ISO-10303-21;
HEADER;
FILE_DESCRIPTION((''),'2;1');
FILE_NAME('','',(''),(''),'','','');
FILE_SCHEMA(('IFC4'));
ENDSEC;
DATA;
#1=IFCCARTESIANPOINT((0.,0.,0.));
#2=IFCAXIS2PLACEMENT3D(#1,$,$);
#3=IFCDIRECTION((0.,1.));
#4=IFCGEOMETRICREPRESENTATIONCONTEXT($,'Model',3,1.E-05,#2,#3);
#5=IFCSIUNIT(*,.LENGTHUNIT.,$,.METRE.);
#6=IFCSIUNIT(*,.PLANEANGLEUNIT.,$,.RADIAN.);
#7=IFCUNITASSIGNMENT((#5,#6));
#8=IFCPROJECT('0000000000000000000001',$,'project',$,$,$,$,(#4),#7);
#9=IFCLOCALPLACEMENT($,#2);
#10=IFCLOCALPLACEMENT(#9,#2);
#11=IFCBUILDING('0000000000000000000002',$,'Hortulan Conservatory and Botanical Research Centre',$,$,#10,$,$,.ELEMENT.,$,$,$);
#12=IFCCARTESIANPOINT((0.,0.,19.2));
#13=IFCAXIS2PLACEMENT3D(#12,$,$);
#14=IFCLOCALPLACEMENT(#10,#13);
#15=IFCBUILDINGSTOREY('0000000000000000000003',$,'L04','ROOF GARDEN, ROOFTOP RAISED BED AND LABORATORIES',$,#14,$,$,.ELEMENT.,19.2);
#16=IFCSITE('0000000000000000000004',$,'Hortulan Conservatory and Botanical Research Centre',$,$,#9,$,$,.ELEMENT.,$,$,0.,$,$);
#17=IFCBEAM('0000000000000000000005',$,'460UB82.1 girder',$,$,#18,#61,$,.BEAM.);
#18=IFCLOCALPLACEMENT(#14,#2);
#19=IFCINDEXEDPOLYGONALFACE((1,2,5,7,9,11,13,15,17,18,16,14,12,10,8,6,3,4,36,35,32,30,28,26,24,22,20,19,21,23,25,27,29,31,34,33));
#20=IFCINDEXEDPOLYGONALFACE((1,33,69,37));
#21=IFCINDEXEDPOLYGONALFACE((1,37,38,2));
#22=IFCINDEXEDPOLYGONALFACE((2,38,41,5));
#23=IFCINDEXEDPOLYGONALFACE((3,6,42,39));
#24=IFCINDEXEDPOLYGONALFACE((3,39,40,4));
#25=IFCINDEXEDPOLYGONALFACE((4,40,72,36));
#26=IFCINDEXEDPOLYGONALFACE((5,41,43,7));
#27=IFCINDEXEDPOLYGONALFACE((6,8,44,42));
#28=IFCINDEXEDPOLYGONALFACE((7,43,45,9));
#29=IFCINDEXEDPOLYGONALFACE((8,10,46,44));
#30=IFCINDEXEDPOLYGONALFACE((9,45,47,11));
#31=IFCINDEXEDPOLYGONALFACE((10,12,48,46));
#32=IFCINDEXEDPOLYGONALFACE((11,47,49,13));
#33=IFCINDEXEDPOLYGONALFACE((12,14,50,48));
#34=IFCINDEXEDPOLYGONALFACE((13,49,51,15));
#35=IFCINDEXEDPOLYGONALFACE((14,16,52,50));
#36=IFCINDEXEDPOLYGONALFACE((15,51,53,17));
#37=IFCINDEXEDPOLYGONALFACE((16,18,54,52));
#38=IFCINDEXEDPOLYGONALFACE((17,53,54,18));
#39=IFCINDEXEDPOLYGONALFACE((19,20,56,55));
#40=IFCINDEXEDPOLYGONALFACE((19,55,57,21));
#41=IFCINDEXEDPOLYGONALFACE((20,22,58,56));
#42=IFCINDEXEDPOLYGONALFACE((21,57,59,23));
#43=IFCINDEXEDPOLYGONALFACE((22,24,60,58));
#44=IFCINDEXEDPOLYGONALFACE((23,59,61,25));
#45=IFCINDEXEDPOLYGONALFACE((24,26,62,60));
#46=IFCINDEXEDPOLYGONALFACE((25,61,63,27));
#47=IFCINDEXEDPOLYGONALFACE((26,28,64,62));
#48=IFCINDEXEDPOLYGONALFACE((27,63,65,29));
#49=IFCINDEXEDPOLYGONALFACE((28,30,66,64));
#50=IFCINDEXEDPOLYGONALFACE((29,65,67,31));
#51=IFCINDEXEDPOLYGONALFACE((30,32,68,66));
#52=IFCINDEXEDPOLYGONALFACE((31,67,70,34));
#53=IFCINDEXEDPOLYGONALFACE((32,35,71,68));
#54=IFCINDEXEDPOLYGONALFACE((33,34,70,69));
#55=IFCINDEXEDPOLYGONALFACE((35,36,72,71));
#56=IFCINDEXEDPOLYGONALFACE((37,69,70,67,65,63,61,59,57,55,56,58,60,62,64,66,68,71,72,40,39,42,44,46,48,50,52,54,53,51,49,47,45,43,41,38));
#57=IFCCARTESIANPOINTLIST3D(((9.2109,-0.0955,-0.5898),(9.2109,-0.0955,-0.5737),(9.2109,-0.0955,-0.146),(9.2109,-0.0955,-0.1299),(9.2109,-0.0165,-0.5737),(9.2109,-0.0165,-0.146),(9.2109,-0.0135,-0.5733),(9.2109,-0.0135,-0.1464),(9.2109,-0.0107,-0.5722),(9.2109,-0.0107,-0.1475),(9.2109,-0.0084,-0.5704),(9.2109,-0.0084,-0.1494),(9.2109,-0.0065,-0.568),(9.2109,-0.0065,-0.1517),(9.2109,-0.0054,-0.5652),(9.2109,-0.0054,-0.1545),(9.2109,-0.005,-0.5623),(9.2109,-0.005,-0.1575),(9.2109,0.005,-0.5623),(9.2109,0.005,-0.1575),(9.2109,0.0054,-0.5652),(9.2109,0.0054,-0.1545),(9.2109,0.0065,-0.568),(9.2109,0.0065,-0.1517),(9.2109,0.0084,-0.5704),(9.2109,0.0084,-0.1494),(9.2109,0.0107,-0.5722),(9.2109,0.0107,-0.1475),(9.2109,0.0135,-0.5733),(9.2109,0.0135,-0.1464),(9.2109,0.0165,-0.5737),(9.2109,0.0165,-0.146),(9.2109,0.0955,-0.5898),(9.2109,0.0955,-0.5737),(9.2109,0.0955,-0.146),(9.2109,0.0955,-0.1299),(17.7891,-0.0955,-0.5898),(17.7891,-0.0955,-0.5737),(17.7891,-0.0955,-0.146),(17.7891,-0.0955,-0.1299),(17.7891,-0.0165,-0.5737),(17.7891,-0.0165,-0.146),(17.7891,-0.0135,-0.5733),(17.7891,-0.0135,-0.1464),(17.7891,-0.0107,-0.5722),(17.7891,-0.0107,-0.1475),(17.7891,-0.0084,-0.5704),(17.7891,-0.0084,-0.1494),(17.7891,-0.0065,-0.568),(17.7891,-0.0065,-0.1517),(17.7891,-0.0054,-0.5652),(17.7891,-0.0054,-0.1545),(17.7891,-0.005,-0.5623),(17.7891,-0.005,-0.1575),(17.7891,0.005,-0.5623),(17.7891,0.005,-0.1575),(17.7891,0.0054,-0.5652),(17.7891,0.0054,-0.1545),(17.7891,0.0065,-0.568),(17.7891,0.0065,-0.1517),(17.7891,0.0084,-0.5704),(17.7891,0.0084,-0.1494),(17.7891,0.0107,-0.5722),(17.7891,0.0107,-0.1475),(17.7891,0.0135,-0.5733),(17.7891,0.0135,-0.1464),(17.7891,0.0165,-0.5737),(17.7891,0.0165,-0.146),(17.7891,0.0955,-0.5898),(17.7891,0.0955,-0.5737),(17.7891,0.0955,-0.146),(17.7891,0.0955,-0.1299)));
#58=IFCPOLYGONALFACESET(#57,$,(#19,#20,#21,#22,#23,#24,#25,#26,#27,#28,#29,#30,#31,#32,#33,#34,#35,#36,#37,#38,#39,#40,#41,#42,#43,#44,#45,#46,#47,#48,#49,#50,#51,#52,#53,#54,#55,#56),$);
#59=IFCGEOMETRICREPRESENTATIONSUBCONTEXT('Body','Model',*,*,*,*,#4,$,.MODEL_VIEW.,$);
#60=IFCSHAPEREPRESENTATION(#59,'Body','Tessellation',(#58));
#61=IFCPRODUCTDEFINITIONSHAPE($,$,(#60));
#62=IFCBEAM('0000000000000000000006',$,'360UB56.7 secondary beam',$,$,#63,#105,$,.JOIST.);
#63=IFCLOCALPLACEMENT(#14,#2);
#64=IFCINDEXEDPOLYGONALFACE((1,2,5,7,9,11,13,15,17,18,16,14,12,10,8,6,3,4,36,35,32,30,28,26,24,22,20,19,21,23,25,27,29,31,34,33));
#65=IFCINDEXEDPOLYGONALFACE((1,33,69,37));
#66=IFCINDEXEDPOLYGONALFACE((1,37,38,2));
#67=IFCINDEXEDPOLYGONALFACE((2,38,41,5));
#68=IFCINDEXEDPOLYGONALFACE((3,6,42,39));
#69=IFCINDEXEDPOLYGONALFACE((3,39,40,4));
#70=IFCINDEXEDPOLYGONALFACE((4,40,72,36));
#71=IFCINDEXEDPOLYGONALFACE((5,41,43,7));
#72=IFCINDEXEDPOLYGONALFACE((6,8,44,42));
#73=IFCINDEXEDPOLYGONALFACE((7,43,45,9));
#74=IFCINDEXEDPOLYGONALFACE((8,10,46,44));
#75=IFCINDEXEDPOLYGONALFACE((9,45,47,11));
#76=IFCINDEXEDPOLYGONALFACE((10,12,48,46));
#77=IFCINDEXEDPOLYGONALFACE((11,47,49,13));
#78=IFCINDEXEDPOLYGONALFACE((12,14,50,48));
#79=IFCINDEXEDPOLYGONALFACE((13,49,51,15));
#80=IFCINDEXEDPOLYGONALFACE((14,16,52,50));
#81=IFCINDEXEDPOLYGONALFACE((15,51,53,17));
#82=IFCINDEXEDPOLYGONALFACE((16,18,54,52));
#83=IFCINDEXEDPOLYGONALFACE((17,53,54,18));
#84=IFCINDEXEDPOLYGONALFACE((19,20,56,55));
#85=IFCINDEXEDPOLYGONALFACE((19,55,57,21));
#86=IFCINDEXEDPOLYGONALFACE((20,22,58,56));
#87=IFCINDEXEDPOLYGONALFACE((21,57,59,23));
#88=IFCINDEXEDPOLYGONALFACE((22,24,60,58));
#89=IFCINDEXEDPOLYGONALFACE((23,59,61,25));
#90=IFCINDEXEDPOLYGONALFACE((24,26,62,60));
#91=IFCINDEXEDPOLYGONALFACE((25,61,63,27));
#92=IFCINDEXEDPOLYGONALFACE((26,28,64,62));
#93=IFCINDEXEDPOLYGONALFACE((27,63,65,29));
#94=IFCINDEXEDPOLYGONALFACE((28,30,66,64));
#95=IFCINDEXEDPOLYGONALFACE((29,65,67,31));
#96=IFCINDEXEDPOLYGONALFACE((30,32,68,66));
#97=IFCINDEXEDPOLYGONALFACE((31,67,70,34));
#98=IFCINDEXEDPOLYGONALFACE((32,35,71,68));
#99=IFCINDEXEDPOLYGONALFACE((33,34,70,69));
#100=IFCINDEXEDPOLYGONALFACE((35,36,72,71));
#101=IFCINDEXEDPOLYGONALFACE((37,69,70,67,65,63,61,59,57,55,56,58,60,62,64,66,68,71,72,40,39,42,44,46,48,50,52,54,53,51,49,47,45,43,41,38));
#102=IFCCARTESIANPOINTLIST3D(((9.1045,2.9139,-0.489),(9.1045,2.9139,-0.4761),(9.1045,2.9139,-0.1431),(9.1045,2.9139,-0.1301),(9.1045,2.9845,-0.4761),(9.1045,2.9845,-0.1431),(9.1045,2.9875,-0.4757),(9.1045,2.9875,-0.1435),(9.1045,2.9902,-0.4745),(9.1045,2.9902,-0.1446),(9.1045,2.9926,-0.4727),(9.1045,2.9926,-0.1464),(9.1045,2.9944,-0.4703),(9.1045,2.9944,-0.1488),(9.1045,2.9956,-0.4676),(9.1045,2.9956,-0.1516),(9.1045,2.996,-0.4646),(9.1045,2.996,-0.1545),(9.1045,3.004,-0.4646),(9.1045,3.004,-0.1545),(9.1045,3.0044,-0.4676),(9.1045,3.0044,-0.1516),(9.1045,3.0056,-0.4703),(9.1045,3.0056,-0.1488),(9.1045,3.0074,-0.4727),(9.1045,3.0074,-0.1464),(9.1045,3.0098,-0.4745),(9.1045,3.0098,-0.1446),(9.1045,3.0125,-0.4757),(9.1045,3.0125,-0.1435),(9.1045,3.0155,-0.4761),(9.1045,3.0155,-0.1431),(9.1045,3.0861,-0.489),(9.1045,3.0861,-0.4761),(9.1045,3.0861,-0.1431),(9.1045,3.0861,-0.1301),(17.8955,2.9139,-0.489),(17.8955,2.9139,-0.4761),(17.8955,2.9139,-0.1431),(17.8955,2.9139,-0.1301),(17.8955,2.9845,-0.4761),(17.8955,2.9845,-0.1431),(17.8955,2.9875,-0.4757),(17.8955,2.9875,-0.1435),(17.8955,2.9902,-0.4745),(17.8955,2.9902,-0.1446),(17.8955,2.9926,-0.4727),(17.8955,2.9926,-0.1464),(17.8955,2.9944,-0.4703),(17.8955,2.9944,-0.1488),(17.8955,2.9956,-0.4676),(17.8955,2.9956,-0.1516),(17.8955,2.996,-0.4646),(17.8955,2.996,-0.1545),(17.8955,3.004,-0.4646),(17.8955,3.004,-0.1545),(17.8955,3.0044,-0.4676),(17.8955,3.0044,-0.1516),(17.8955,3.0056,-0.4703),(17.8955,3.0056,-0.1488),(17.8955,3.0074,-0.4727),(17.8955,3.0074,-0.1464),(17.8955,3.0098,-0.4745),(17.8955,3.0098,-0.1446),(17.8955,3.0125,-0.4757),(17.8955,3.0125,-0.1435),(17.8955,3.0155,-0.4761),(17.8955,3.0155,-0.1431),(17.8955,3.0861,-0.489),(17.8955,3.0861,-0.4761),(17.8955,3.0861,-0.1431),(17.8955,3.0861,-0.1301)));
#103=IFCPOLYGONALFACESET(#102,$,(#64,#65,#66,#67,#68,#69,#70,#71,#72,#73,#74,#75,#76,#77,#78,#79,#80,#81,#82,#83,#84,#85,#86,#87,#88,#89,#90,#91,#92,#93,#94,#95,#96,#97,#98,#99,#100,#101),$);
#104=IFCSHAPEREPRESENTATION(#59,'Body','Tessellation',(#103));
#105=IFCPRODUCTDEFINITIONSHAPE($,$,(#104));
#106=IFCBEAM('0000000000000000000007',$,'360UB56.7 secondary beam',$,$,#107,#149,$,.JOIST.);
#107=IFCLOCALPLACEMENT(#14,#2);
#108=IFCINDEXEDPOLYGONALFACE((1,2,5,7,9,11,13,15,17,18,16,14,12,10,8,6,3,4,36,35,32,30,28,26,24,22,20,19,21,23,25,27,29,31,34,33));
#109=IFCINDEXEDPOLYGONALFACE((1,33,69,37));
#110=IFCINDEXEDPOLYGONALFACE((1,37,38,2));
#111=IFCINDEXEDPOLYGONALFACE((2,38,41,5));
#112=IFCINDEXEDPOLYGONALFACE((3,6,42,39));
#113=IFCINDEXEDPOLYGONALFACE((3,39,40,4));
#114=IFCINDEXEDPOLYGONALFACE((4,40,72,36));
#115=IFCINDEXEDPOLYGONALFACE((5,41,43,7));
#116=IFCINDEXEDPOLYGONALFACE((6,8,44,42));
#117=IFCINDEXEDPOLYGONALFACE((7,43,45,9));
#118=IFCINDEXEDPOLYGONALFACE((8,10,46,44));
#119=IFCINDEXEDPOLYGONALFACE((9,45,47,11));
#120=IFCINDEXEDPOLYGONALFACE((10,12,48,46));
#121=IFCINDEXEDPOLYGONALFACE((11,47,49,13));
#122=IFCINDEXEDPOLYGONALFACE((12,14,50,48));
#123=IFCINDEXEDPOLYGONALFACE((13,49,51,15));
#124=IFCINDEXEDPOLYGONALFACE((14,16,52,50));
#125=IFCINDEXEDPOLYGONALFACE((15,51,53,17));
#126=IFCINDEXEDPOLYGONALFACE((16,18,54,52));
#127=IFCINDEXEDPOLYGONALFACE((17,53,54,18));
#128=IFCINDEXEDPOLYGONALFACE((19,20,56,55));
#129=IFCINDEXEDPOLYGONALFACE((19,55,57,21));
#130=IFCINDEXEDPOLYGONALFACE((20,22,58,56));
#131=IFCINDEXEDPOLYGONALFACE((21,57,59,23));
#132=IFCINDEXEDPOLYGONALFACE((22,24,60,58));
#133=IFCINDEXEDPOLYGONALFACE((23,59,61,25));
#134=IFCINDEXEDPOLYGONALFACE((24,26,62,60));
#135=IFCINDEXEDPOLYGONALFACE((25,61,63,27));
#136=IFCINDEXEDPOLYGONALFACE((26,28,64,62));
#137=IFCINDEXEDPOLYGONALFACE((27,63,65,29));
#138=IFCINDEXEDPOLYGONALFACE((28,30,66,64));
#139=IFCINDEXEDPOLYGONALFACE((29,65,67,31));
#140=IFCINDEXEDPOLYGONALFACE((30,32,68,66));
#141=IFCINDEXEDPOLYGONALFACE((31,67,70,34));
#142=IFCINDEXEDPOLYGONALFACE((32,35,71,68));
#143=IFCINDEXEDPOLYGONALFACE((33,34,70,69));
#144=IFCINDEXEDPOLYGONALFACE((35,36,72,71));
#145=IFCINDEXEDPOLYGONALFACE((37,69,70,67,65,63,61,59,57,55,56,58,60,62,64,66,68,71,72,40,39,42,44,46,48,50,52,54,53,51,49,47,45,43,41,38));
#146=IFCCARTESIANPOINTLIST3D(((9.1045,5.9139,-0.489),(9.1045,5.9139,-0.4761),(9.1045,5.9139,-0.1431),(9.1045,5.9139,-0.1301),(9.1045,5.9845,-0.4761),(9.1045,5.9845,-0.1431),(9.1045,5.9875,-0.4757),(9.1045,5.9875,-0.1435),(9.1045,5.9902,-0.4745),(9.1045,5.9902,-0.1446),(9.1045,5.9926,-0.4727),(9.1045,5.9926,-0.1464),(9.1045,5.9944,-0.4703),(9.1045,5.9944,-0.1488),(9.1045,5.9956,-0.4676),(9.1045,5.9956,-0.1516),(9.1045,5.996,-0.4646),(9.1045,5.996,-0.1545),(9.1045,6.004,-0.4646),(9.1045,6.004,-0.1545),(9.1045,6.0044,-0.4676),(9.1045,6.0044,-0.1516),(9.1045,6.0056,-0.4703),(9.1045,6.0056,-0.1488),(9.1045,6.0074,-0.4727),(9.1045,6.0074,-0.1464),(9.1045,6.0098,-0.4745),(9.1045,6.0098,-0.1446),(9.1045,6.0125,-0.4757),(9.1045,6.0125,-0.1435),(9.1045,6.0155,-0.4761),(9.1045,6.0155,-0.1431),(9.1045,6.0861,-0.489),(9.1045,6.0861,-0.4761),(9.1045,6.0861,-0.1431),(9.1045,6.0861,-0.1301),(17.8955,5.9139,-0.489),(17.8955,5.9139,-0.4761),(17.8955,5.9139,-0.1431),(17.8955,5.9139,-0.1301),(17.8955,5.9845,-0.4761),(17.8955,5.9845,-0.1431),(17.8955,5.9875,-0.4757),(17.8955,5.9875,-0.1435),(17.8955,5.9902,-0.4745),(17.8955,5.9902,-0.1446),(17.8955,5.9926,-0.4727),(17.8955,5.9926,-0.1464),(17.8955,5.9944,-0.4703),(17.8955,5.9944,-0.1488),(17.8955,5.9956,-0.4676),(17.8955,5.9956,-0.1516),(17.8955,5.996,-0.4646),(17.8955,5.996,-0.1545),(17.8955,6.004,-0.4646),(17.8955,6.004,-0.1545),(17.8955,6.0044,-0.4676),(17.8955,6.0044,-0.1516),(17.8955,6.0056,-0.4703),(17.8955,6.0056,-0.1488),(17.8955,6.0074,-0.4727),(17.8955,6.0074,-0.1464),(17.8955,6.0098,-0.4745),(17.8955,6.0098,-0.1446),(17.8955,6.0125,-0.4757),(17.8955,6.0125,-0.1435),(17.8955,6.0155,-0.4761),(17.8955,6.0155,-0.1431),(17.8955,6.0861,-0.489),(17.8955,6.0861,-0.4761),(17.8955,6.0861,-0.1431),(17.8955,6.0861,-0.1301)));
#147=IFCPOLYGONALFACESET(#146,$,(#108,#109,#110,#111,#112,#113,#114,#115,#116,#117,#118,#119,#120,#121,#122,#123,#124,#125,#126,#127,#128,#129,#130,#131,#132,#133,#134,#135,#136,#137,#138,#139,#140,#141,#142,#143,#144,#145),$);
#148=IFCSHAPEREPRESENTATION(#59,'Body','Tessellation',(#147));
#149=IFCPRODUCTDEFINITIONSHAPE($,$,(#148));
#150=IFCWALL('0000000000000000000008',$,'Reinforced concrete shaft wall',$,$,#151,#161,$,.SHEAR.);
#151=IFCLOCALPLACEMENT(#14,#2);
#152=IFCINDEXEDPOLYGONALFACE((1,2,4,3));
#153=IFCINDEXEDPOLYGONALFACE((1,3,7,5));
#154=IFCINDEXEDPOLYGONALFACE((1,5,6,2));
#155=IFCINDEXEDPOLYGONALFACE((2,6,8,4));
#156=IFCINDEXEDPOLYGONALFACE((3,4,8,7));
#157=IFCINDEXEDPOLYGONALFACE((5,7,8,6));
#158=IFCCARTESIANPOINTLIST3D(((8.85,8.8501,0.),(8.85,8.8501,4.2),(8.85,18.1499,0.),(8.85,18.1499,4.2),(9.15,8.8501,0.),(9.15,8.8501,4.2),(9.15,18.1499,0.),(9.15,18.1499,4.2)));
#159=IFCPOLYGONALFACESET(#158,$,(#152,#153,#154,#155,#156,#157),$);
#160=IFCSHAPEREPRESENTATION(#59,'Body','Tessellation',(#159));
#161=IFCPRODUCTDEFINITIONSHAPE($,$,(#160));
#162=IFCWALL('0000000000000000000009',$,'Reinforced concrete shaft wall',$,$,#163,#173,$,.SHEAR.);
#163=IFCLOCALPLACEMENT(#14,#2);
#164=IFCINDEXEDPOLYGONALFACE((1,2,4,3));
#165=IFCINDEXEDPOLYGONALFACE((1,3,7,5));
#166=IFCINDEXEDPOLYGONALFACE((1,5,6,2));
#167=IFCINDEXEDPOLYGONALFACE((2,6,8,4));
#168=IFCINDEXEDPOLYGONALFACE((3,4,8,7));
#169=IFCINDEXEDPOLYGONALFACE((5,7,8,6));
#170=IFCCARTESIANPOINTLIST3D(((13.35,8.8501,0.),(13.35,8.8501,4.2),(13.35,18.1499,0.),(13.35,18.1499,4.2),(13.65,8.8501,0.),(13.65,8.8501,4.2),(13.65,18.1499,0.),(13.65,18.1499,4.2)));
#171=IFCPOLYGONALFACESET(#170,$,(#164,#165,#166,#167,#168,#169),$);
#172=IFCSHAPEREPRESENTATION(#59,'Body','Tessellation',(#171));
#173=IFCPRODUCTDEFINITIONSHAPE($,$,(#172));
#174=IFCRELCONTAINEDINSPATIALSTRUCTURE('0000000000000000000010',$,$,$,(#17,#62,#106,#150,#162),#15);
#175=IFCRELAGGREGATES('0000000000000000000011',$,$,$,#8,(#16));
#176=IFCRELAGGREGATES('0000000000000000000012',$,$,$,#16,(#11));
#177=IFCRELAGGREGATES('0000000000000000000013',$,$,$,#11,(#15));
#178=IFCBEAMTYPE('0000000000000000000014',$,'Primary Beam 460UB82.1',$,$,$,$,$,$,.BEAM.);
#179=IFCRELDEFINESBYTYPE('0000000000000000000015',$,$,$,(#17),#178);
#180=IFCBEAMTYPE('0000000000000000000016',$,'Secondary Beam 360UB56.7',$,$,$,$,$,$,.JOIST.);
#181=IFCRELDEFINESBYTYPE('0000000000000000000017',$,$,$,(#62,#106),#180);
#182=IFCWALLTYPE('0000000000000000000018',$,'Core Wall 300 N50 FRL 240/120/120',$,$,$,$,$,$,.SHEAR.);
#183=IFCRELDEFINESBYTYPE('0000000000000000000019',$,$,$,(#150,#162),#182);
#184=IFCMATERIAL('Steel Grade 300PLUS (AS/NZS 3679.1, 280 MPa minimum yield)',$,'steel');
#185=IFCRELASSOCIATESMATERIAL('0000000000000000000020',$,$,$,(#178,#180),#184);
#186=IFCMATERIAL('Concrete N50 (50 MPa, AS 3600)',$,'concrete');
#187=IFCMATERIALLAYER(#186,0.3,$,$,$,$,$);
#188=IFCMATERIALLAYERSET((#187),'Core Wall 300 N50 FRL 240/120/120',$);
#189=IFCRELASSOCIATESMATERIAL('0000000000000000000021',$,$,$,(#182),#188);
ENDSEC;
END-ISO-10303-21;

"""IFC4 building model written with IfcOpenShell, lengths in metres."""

from ifc_helpers import new_model, si_unit, direction, frame, frame_2d, origin, origin_2d, place, context, subcontext, project, spatial, rectangle, i_section, extrude, material, layer, layer_set, material_profile, profile_set, type_object, element, save


model = new_model("IFC4")

# Units and contexts
model_context = context("Model", 3, precision=1e-05, world=origin(), true_north=direction((0.0, 1.0)))
body_context = subcontext(model_context, "Body", "Model", "MODEL_VIEW")
ifc_project = project(units=[si_unit("LENGTHUNIT", "METRE"), si_unit("PLANEANGLEUNIT", "RADIAN")], contexts=[model_context])

# Site, building, storey
site_placement = place(None, origin())
site = spatial("IfcSite", under=ifc_project, at=site_placement, Name="Hortulan Conservatory and Botanical Research Centre", CompositionType="ELEMENT", RefElevation=0.0)
building_placement = place(site_placement, origin())
building = spatial("IfcBuilding", under=site, at=building_placement, Name="Hortulan Conservatory and Botanical Research Centre", CompositionType="ELEMENT")
storey_placement = place(building_placement, frame((0.0, 0.0, 19.2)))
storey = spatial("IfcBuildingStorey", under=building, at=storey_placement, Name="L04", Description="ROOF GARDEN, ROOFTOP RAISED BED AND LABORATORIES", CompositionType="ELEMENT", Elevation=19.2)

# Beams
ifc_material_1 = material(Name="Steel Grade 300PLUS (AS/NZS 3679.1, 280 MPa minimum yield)", Category="steel")
ifc_material_profile_1 = material_profile(ifc_material_1, i_section(OverallWidth=0.1909, OverallDepth=0.46, WebThickness=0.01, FlangeThickness=0.0161, FilletRadius=0.0115, at=origin_2d()), Name="460UB82.1")
ifc_profile_set_1 = profile_set([ifc_material_profile_1], Name="Steel Grade 300PLUS (AS/NZS 3679.1, 280 MPa minimum yield)")
beam_type_1 = type_object("IfcBeamType", Name="Primary Beam 460UB82.1", PredefinedType="BEAM", material=ifc_profile_set_1)
beam_placement = place(storey_placement, frame((9.2109, 0.0, -0.3599), z_axis=(1.0, 0.0, 0.0), x_axis=(0.0, 1.0, 0.0)))
element("IfcBeam", 1, at=beam_placement, inside=storey, type_object=beam_type_1, Name="460UB82.1 girder", PredefinedType="BEAM", context=body_context, shape_type="SweptSolid", body=[
    extrude(i_section(OverallWidth=0.1909, OverallDepth=0.46, WebThickness=0.01, FlangeThickness=0.0161, FilletRadius=0.0115, at=origin_2d()), origin(), (0.0, 0.0, 1.0), 8.5781),
])
ifc_material_profile_2 = material_profile(ifc_material_1, i_section(OverallWidth=0.1721, OverallDepth=0.3589, WebThickness=0.0081, FlangeThickness=0.0129, FilletRadius=0.0115, at=origin_2d()), Name="360UB56.7")
ifc_profile_set_2 = profile_set([ifc_material_profile_2], Name="Steel Grade 300PLUS (AS/NZS 3679.1, 280 MPa minimum yield)")
beam_type_2 = type_object("IfcBeamType", Name="Secondary Beam 360UB56.7", PredefinedType="JOIST", material=ifc_profile_set_2)
for number, where, z_axis, x_axis, name in (
    (2, (9.1045, 3.0, -0.3096), (1.0, 0.0, 0.0), (0.0, 1.0, 0.0), "360UB56.7 secondary beam"),
    (3, (9.1045, 6.0, -0.3096), (1.0, 0.0, 0.0), (0.0, 1.0, 0.0), "360UB56.7 secondary beam"),
):
    element("IfcBeam", number, at=place(storey_placement, frame(where, z_axis=z_axis, x_axis=x_axis)), inside=storey, type_object=beam_type_2, Name=name, PredefinedType="JOIST", context=body_context, shape_type="SweptSolid", body=[
        extrude(i_section(OverallWidth=0.1721, OverallDepth=0.3589, WebThickness=0.0081, FlangeThickness=0.0129, FilletRadius=0.0115, at=origin_2d()), origin(), (0.0, 0.0, 1.0), 8.791),
    ])

# Walls
ifc_material_2 = material(Name="Concrete N50 (50 MPa, AS 3600)", Category="concrete")
ifc_layer_1 = layer(ifc_material_2, 0.3)
ifc_layer_set_1 = layer_set([ifc_layer_1], Name="Core Wall 300 N50 FRL 240/120/120")
wall_type = type_object("IfcWallType", Name="Core Wall 300 N50 FRL 240/120/120", PredefinedType="SHEAR", material=ifc_layer_set_1)
for number, where, z_axis, x_axis, name in (
    (4, (9.0, 8.8501, 0.0), (0.0, 0.0, 1.0), (0.0, 1.0, 0.0), "Reinforced concrete shaft wall"),
    (5, (13.5, 8.8501, 0.0), (0.0, 0.0, 1.0), (0.0, 1.0, 0.0), "Reinforced concrete shaft wall"),
):
    element("IfcWall", number, at=place(storey_placement, frame(where, z_axis=z_axis, x_axis=x_axis)), inside=storey, type_object=wall_type, Name=name, PredefinedType="SHEAR", context=body_context, shape_type="SweptSolid", body=[
        extrude(rectangle(XDim=9.2998, YDim=0.3, at=frame_2d((4.6499, 0.0))), origin(), (0.0, 0.0, 1.0), 4.2),
    ])

save(model, "model.ifc")
